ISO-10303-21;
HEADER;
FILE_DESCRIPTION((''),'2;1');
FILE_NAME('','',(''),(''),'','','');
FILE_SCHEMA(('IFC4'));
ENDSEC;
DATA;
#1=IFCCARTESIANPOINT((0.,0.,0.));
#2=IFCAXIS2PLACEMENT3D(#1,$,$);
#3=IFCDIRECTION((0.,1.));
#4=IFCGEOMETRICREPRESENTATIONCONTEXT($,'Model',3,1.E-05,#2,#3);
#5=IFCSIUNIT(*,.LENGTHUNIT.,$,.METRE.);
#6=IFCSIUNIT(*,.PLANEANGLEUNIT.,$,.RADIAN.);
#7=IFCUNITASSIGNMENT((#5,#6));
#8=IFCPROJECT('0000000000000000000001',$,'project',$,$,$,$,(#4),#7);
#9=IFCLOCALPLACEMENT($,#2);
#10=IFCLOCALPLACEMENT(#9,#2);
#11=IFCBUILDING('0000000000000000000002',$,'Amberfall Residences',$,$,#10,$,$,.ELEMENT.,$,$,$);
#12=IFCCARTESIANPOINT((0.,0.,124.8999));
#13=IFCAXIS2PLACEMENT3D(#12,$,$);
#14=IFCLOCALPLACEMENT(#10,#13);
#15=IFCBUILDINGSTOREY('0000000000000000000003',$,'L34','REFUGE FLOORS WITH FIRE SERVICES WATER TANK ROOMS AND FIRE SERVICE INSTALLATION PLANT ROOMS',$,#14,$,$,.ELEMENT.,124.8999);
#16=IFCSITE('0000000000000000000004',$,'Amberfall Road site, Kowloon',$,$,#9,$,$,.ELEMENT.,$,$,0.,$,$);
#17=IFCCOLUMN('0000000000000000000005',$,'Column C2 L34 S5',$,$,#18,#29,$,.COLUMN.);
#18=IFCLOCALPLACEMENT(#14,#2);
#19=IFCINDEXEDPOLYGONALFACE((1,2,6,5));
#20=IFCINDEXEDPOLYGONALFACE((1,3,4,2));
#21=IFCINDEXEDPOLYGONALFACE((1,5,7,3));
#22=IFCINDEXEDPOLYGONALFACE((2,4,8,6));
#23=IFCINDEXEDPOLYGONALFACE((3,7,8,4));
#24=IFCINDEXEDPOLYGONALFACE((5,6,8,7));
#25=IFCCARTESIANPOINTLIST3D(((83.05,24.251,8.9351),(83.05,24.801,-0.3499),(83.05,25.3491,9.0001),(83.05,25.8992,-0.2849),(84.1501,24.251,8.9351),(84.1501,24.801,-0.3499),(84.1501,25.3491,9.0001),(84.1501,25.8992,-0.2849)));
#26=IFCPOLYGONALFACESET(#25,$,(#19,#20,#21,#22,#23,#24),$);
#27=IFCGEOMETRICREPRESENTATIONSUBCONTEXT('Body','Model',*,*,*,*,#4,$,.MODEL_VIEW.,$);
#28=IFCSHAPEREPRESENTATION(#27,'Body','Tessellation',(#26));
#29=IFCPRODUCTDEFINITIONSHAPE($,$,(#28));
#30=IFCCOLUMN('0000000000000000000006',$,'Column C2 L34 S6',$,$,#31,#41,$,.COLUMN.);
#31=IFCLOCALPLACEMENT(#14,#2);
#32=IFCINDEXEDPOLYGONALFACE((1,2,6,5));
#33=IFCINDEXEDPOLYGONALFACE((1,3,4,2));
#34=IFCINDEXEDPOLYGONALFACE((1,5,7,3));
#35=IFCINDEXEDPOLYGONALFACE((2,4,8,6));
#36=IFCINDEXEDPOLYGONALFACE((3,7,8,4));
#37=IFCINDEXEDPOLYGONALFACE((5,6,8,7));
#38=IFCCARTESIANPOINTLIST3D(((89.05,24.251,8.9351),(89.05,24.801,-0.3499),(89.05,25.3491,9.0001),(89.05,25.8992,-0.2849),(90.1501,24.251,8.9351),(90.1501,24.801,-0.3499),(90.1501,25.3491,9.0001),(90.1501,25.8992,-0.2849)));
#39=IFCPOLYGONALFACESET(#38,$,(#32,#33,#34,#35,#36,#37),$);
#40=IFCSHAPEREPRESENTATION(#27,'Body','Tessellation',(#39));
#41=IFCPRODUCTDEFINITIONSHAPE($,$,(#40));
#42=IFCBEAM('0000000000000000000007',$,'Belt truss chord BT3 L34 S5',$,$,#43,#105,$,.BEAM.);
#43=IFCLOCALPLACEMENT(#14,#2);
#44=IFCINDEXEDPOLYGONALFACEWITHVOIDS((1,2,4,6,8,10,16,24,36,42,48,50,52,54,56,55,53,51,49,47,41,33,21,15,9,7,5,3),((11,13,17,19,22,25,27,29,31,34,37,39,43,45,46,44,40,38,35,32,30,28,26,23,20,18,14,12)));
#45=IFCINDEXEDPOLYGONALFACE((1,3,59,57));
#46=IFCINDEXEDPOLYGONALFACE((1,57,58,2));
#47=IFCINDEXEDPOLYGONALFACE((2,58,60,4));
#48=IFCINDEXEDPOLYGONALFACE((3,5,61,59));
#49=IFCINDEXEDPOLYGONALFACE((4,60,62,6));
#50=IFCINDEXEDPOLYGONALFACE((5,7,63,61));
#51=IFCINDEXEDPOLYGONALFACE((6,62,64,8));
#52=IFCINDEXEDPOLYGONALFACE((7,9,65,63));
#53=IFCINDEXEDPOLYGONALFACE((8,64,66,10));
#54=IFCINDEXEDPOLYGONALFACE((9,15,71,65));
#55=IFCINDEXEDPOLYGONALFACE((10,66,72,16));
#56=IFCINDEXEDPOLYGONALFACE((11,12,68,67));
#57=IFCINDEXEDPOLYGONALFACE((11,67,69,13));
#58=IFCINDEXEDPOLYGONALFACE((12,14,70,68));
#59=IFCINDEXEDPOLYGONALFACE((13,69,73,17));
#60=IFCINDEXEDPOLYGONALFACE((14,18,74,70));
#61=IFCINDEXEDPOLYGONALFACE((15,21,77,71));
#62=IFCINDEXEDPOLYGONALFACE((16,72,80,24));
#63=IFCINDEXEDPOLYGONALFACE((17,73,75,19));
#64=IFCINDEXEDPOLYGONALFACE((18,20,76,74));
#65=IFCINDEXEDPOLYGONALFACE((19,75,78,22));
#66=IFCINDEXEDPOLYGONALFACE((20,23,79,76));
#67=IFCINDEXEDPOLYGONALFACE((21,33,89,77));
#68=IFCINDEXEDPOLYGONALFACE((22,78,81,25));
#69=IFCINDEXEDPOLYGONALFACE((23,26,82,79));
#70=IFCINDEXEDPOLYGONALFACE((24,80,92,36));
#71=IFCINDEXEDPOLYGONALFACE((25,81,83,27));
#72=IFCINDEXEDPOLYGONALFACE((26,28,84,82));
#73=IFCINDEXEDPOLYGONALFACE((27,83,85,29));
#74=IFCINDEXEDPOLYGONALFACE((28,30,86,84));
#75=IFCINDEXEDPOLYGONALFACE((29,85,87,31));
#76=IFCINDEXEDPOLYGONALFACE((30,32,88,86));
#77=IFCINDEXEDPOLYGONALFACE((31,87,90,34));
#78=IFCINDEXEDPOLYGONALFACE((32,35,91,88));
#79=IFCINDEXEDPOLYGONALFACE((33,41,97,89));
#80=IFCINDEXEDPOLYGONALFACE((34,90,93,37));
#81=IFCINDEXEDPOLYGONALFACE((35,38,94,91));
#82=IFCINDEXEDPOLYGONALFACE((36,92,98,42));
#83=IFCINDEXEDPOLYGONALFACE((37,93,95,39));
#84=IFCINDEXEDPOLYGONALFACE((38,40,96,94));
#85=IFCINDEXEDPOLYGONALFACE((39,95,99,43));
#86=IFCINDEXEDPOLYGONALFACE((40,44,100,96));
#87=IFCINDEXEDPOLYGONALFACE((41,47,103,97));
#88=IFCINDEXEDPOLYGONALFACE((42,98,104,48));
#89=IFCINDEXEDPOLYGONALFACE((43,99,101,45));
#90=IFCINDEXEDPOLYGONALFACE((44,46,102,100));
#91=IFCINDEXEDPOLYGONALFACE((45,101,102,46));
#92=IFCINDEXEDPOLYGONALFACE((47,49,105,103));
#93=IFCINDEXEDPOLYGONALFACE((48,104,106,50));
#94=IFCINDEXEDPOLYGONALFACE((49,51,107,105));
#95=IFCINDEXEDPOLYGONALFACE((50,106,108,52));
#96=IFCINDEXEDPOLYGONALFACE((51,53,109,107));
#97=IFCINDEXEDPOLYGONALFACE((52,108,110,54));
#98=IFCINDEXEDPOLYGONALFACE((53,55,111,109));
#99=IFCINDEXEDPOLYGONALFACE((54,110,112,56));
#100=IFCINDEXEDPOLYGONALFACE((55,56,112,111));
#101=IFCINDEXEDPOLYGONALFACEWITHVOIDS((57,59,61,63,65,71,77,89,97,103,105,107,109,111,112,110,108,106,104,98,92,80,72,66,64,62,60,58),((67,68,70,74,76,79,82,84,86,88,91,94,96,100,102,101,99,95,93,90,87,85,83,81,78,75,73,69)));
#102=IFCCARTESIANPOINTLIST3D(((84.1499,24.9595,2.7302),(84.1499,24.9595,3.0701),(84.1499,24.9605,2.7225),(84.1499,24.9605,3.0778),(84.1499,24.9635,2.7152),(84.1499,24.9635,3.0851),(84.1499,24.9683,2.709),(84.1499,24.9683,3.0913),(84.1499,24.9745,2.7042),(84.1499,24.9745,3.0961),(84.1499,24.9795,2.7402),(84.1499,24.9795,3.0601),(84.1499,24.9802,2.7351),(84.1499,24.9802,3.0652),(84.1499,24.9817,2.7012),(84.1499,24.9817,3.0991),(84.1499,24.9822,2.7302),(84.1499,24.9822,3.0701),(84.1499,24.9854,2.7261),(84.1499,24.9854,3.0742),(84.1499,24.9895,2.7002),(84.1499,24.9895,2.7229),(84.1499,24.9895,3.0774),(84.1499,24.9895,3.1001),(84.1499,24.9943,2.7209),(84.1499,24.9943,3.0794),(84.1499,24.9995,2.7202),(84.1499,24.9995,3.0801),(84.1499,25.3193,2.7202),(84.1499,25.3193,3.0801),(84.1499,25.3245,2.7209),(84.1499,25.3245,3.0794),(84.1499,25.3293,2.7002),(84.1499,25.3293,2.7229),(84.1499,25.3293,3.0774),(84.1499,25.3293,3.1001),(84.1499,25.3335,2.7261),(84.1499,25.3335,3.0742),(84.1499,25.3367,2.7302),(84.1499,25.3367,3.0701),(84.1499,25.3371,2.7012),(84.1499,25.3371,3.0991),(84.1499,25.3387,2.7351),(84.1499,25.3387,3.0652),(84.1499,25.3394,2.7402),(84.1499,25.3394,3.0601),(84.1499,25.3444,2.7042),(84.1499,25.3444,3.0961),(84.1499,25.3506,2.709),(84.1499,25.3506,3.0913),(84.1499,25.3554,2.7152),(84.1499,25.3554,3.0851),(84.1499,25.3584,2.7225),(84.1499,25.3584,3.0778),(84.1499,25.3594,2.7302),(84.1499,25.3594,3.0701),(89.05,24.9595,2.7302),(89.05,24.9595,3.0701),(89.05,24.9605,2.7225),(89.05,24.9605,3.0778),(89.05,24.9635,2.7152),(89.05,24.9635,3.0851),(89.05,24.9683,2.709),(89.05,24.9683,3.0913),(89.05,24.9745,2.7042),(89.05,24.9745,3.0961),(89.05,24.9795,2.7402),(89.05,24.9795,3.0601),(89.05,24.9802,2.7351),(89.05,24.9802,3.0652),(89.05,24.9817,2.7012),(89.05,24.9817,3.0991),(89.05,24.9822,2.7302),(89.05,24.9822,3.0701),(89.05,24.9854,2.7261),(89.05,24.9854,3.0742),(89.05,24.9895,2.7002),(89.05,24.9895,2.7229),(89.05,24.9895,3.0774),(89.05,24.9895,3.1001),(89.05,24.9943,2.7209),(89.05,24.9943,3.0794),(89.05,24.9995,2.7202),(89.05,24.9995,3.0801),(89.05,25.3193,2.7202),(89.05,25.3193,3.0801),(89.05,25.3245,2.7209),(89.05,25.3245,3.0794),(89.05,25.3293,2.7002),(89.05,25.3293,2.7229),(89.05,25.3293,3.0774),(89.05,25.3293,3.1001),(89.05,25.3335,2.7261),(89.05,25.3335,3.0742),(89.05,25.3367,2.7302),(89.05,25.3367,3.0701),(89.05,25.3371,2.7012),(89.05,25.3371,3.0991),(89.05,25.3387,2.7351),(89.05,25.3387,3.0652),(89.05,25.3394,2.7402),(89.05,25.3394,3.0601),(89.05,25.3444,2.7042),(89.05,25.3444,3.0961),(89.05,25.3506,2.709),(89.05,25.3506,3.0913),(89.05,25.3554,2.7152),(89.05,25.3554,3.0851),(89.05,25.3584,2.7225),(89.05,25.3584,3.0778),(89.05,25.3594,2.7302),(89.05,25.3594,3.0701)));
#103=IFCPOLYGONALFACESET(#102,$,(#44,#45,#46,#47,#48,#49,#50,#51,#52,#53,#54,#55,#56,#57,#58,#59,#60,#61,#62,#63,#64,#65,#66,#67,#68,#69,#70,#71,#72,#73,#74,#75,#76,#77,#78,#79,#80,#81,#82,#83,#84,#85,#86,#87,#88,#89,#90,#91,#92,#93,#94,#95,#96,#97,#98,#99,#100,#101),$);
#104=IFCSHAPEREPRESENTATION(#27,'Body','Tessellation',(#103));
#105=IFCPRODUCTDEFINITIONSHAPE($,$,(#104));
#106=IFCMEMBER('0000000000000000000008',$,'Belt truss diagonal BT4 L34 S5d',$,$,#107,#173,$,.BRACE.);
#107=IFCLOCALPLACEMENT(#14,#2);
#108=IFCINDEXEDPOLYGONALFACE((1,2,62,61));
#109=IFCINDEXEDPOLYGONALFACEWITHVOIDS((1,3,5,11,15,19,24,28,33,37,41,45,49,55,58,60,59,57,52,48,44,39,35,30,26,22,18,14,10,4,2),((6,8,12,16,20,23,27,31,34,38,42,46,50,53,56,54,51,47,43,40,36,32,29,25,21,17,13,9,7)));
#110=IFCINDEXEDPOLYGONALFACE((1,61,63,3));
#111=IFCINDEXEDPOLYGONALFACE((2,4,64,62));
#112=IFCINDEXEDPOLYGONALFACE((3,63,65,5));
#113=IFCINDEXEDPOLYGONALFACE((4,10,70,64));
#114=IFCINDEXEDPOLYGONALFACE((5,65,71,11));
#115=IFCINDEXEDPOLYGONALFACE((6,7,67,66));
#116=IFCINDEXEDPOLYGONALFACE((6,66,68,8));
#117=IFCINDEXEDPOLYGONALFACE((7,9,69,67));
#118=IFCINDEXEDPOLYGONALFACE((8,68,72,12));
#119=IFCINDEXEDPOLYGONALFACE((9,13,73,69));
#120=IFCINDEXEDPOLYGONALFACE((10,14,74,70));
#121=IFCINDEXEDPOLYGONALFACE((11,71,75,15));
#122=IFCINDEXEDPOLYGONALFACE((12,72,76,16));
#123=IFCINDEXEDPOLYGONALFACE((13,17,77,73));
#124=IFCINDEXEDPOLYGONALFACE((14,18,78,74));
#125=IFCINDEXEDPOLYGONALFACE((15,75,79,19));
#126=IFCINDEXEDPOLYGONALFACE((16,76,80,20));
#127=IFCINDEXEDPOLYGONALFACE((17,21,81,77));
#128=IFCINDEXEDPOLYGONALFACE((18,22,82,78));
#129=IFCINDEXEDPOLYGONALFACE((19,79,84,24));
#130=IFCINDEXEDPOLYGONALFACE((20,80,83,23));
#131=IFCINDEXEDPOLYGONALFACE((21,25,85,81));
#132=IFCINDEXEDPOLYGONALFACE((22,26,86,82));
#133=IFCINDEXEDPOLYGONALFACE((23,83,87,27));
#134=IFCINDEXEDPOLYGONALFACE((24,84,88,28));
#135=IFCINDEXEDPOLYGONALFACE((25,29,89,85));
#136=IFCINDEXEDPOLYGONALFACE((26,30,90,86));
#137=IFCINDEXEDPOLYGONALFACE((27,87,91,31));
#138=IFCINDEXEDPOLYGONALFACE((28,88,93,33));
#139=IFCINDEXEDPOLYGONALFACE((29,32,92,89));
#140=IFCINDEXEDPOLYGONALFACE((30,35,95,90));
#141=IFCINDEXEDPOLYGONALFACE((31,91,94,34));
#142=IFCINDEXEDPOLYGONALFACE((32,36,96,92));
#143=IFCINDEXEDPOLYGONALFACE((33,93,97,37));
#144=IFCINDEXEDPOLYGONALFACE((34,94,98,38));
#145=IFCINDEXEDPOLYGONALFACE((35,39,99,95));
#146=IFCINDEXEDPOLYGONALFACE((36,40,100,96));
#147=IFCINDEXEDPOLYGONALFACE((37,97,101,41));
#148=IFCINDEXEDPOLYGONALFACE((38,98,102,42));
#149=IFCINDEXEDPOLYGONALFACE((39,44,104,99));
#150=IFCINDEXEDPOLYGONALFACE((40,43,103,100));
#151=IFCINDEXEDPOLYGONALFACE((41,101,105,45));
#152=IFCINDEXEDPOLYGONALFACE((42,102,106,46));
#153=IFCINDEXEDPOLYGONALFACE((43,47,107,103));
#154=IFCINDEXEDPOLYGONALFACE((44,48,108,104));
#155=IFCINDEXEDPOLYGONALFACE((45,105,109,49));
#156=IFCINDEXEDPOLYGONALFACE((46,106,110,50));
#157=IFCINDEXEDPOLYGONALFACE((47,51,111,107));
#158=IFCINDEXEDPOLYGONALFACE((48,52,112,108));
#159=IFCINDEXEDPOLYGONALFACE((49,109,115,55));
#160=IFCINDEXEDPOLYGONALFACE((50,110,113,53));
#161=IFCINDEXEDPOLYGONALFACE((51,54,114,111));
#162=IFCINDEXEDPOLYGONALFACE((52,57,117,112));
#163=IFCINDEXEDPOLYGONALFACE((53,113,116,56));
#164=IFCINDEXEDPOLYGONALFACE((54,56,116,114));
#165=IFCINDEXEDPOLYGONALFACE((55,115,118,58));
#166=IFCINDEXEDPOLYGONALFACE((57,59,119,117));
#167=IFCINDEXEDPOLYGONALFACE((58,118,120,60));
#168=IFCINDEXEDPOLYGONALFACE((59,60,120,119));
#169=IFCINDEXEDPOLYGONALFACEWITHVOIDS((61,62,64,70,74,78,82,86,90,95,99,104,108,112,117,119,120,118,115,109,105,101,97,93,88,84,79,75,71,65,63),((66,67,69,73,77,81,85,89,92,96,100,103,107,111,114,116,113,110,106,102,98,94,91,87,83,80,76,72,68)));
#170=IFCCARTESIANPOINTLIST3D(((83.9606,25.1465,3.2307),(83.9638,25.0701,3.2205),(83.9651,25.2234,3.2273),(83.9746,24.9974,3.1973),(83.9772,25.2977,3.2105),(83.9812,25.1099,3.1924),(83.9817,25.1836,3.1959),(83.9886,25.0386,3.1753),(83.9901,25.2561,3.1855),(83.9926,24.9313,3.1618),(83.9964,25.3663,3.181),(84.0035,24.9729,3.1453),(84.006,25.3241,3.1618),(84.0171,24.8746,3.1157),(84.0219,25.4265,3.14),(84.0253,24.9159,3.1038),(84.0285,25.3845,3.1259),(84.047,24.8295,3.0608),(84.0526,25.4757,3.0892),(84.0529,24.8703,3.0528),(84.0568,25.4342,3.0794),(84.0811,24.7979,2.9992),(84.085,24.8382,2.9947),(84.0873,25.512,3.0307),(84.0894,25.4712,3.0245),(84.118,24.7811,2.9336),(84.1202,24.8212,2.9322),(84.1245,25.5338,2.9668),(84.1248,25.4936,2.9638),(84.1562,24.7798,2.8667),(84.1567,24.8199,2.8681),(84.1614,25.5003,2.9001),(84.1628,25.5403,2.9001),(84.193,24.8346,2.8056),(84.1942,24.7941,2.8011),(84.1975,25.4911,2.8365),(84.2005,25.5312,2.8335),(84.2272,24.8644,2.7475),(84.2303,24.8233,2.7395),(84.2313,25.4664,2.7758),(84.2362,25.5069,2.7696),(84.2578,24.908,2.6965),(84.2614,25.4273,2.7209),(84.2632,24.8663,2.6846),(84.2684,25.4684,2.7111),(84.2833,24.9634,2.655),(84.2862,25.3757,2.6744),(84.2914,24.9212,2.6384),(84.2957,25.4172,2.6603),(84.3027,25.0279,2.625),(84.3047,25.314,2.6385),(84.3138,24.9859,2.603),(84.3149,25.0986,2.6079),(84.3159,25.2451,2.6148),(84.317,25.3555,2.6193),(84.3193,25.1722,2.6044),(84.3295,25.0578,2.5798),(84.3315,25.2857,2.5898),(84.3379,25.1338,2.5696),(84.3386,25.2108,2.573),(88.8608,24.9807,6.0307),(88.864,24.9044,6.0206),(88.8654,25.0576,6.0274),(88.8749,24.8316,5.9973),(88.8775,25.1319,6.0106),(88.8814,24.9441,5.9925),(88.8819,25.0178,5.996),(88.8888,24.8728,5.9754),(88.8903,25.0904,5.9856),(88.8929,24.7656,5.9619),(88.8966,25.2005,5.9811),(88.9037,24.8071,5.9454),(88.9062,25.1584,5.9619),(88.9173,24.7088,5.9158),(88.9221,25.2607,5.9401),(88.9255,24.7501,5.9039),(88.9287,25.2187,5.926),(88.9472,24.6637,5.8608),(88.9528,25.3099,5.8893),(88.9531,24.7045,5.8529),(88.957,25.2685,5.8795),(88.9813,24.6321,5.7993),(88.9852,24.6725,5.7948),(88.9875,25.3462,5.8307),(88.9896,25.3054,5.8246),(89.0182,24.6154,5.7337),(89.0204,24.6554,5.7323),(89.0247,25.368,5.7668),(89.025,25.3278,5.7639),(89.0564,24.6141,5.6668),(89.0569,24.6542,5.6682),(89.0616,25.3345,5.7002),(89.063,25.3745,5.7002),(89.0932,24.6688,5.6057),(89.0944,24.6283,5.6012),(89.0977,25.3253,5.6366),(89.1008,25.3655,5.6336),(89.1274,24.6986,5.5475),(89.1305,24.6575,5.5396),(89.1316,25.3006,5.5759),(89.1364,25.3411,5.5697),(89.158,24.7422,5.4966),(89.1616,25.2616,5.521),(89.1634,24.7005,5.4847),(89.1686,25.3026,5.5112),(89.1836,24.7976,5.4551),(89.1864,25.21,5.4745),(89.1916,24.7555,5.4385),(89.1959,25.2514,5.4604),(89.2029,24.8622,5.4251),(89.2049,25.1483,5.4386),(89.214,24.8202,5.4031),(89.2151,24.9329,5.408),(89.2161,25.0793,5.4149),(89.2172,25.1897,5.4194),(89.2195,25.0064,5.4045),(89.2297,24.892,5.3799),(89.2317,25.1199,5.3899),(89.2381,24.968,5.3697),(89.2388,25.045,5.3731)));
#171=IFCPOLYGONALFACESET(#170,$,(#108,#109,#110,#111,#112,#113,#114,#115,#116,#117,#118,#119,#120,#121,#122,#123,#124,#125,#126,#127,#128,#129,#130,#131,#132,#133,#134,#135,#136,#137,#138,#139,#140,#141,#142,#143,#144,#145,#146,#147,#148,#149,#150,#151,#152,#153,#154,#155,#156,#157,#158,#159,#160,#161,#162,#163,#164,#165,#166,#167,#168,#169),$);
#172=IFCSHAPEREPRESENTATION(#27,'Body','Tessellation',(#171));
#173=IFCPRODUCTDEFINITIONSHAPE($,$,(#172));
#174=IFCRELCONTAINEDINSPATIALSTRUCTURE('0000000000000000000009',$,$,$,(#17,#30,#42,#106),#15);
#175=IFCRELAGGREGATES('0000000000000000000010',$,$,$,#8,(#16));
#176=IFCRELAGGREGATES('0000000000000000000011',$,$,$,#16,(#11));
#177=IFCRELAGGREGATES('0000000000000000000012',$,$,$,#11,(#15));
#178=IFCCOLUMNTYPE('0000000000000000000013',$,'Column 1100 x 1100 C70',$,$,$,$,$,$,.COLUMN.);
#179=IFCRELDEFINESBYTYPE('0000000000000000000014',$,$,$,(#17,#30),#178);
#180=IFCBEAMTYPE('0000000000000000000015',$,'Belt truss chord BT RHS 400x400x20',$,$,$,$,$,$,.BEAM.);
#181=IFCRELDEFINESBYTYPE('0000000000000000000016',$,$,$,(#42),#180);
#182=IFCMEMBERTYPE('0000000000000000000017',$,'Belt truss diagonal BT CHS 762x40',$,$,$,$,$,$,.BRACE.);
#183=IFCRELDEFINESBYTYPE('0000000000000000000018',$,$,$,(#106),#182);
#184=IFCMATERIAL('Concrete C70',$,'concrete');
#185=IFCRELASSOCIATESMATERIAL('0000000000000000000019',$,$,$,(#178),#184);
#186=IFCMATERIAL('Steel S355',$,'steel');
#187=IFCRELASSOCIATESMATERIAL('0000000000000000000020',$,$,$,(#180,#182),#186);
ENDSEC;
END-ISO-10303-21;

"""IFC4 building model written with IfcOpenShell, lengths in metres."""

from ifc_helpers import new_model, si_unit, direction, frame, origin, origin_2d, place, context, subcontext, project, spatial, rectangle, hollow_rectangle, hollow_circle, extrude, material, material_profile, profile_set, type_object, element, save


model = new_model("IFC4")

# Units and contexts
model_context = context("Model", 3, precision=1e-05, world=origin(), true_north=direction((0.0, 1.0)))
body_context = subcontext(model_context, "Body", "Model", "MODEL_VIEW")
ifc_project = project(units=[si_unit("LENGTHUNIT", "METRE"), si_unit("PLANEANGLEUNIT", "RADIAN")], contexts=[model_context])

# Site, building, storey
site_placement = place(None, origin())
site = spatial("IfcSite", under=ifc_project, at=site_placement, Name="Amberfall Road site, Kowloon", CompositionType="ELEMENT", RefElevation=0.0)
building_placement = place(site_placement, origin())
building = spatial("IfcBuilding", under=site, at=building_placement, Name="Amberfall Residences", CompositionType="ELEMENT")
storey_placement = place(building_placement, frame((0.0, 0.0, 124.8999)))
storey = spatial("IfcBuildingStorey", under=building, at=storey_placement, Name="L34", Description="REFUGE FLOORS WITH FIRE SERVICES WATER TANK ROOMS AND FIRE SERVICE INSTALLATION PLANT ROOMS", CompositionType="ELEMENT", Elevation=124.8999)

# Columns
ifc_material_1 = material(Name="Concrete C70", Category="concrete")
ifc_material_profile_1 = material_profile(ifc_material_1, rectangle(XDim=1.1001, YDim=1.1001, at=origin_2d()), Name="Column 1100 x 1100 C70")
ifc_profile_set_1 = profile_set([ifc_material_profile_1], Name="Concrete C70")
column_type = type_object("IfcColumnType", Name="Column 1100 x 1100 C70", PredefinedType="COLUMN", material=ifc_profile_set_1)
for number, where, z_axis, x_axis, name in (
    (1, (83.6001, 25.3501, -0.3174), (0.0, -0.059137, 0.99825), (1.0, 0.0, 0.0), "Column C2 L34 S5"),
    (2, (89.6001, 25.3501, -0.3174), (0.0, -0.059137, 0.99825), (1.0, 0.0, 0.0), "Column C2 L34 S6"),
):
    element("IfcColumn", number, at=place(storey_placement, frame(where, z_axis=z_axis, x_axis=x_axis)), inside=storey, type_object=column_type, Name=name, PredefinedType="COLUMN", context=body_context, shape_type="SweptSolid", body=[
        extrude(rectangle(XDim=1.1001, YDim=1.1001, at=origin_2d()), origin(), (0.0, 0.0, 1.0), 9.3013),
    ])

# Beam
ifc_material_2 = material(Name="Steel S355", Category="steel")
ifc_material_profile_2 = material_profile(ifc_material_2, hollow_rectangle(XDim=0.3999, YDim=0.3999, WallThickness=0.02, InnerFilletRadius=0.02, OuterFilletRadius=0.03, at=origin_2d()), Name="RHS 400x400x20")
ifc_profile_set_2 = profile_set([ifc_material_profile_2], Name="Steel S355")
beam_type_1 = type_object("IfcBeamType", Name="Belt truss chord BT RHS 400x400x20", PredefinedType="BEAM", material=ifc_profile_set_2)
beam_1_placement = place(storey_placement, frame((84.1499, 25.1594, 2.9001), z_axis=(1.0, 0.0, 0.0), x_axis=(0.0, 1.0, 0.0)))
element("IfcBeam", 3, at=beam_1_placement, inside=storey, type_object=beam_type_1, Name="Belt truss chord BT3 L34 S5", PredefinedType="BEAM", context=body_context, shape_type="SweptSolid", body=[
    extrude(hollow_rectangle(XDim=0.3999, YDim=0.3999, WallThickness=0.02, InnerFilletRadius=0.02, OuterFilletRadius=0.03, at=origin_2d()), origin(), (0.0, 0.0, 1.0), 4.9001),
])

# Member
ifc_material_profile_3 = material_profile(ifc_material_2, hollow_circle(Radius=0.3811, WallThickness=0.04, at=origin_2d()), Name="CHS 762x40")
ifc_profile_set_3 = profile_set([ifc_material_profile_3], Name="Steel S355")
member_type = type_object("IfcMemberType", Name="Belt truss diagonal BT CHS 762x40", PredefinedType="BRACE", material=ifc_profile_set_3)
member_placement = place(storey_placement, frame((84.1499, 25.1594, 2.9001), z_axis=(0.867872, -0.02936, 0.49592), x_axis=(0.033811, 0.999428, 0.0)))
element("IfcMember", 4, at=member_placement, inside=storey, type_object=member_type, Name="Belt truss diagonal BT4 L34 S5d", PredefinedType="BRACE", context=body_context, shape_type="SweptSolid", body=[
    extrude(hollow_circle(Radius=0.3811, WallThickness=0.04, at=origin_2d()), origin(), (0.0, 0.0, 1.0), 5.6462),
])

save(model, "model.ifc")
